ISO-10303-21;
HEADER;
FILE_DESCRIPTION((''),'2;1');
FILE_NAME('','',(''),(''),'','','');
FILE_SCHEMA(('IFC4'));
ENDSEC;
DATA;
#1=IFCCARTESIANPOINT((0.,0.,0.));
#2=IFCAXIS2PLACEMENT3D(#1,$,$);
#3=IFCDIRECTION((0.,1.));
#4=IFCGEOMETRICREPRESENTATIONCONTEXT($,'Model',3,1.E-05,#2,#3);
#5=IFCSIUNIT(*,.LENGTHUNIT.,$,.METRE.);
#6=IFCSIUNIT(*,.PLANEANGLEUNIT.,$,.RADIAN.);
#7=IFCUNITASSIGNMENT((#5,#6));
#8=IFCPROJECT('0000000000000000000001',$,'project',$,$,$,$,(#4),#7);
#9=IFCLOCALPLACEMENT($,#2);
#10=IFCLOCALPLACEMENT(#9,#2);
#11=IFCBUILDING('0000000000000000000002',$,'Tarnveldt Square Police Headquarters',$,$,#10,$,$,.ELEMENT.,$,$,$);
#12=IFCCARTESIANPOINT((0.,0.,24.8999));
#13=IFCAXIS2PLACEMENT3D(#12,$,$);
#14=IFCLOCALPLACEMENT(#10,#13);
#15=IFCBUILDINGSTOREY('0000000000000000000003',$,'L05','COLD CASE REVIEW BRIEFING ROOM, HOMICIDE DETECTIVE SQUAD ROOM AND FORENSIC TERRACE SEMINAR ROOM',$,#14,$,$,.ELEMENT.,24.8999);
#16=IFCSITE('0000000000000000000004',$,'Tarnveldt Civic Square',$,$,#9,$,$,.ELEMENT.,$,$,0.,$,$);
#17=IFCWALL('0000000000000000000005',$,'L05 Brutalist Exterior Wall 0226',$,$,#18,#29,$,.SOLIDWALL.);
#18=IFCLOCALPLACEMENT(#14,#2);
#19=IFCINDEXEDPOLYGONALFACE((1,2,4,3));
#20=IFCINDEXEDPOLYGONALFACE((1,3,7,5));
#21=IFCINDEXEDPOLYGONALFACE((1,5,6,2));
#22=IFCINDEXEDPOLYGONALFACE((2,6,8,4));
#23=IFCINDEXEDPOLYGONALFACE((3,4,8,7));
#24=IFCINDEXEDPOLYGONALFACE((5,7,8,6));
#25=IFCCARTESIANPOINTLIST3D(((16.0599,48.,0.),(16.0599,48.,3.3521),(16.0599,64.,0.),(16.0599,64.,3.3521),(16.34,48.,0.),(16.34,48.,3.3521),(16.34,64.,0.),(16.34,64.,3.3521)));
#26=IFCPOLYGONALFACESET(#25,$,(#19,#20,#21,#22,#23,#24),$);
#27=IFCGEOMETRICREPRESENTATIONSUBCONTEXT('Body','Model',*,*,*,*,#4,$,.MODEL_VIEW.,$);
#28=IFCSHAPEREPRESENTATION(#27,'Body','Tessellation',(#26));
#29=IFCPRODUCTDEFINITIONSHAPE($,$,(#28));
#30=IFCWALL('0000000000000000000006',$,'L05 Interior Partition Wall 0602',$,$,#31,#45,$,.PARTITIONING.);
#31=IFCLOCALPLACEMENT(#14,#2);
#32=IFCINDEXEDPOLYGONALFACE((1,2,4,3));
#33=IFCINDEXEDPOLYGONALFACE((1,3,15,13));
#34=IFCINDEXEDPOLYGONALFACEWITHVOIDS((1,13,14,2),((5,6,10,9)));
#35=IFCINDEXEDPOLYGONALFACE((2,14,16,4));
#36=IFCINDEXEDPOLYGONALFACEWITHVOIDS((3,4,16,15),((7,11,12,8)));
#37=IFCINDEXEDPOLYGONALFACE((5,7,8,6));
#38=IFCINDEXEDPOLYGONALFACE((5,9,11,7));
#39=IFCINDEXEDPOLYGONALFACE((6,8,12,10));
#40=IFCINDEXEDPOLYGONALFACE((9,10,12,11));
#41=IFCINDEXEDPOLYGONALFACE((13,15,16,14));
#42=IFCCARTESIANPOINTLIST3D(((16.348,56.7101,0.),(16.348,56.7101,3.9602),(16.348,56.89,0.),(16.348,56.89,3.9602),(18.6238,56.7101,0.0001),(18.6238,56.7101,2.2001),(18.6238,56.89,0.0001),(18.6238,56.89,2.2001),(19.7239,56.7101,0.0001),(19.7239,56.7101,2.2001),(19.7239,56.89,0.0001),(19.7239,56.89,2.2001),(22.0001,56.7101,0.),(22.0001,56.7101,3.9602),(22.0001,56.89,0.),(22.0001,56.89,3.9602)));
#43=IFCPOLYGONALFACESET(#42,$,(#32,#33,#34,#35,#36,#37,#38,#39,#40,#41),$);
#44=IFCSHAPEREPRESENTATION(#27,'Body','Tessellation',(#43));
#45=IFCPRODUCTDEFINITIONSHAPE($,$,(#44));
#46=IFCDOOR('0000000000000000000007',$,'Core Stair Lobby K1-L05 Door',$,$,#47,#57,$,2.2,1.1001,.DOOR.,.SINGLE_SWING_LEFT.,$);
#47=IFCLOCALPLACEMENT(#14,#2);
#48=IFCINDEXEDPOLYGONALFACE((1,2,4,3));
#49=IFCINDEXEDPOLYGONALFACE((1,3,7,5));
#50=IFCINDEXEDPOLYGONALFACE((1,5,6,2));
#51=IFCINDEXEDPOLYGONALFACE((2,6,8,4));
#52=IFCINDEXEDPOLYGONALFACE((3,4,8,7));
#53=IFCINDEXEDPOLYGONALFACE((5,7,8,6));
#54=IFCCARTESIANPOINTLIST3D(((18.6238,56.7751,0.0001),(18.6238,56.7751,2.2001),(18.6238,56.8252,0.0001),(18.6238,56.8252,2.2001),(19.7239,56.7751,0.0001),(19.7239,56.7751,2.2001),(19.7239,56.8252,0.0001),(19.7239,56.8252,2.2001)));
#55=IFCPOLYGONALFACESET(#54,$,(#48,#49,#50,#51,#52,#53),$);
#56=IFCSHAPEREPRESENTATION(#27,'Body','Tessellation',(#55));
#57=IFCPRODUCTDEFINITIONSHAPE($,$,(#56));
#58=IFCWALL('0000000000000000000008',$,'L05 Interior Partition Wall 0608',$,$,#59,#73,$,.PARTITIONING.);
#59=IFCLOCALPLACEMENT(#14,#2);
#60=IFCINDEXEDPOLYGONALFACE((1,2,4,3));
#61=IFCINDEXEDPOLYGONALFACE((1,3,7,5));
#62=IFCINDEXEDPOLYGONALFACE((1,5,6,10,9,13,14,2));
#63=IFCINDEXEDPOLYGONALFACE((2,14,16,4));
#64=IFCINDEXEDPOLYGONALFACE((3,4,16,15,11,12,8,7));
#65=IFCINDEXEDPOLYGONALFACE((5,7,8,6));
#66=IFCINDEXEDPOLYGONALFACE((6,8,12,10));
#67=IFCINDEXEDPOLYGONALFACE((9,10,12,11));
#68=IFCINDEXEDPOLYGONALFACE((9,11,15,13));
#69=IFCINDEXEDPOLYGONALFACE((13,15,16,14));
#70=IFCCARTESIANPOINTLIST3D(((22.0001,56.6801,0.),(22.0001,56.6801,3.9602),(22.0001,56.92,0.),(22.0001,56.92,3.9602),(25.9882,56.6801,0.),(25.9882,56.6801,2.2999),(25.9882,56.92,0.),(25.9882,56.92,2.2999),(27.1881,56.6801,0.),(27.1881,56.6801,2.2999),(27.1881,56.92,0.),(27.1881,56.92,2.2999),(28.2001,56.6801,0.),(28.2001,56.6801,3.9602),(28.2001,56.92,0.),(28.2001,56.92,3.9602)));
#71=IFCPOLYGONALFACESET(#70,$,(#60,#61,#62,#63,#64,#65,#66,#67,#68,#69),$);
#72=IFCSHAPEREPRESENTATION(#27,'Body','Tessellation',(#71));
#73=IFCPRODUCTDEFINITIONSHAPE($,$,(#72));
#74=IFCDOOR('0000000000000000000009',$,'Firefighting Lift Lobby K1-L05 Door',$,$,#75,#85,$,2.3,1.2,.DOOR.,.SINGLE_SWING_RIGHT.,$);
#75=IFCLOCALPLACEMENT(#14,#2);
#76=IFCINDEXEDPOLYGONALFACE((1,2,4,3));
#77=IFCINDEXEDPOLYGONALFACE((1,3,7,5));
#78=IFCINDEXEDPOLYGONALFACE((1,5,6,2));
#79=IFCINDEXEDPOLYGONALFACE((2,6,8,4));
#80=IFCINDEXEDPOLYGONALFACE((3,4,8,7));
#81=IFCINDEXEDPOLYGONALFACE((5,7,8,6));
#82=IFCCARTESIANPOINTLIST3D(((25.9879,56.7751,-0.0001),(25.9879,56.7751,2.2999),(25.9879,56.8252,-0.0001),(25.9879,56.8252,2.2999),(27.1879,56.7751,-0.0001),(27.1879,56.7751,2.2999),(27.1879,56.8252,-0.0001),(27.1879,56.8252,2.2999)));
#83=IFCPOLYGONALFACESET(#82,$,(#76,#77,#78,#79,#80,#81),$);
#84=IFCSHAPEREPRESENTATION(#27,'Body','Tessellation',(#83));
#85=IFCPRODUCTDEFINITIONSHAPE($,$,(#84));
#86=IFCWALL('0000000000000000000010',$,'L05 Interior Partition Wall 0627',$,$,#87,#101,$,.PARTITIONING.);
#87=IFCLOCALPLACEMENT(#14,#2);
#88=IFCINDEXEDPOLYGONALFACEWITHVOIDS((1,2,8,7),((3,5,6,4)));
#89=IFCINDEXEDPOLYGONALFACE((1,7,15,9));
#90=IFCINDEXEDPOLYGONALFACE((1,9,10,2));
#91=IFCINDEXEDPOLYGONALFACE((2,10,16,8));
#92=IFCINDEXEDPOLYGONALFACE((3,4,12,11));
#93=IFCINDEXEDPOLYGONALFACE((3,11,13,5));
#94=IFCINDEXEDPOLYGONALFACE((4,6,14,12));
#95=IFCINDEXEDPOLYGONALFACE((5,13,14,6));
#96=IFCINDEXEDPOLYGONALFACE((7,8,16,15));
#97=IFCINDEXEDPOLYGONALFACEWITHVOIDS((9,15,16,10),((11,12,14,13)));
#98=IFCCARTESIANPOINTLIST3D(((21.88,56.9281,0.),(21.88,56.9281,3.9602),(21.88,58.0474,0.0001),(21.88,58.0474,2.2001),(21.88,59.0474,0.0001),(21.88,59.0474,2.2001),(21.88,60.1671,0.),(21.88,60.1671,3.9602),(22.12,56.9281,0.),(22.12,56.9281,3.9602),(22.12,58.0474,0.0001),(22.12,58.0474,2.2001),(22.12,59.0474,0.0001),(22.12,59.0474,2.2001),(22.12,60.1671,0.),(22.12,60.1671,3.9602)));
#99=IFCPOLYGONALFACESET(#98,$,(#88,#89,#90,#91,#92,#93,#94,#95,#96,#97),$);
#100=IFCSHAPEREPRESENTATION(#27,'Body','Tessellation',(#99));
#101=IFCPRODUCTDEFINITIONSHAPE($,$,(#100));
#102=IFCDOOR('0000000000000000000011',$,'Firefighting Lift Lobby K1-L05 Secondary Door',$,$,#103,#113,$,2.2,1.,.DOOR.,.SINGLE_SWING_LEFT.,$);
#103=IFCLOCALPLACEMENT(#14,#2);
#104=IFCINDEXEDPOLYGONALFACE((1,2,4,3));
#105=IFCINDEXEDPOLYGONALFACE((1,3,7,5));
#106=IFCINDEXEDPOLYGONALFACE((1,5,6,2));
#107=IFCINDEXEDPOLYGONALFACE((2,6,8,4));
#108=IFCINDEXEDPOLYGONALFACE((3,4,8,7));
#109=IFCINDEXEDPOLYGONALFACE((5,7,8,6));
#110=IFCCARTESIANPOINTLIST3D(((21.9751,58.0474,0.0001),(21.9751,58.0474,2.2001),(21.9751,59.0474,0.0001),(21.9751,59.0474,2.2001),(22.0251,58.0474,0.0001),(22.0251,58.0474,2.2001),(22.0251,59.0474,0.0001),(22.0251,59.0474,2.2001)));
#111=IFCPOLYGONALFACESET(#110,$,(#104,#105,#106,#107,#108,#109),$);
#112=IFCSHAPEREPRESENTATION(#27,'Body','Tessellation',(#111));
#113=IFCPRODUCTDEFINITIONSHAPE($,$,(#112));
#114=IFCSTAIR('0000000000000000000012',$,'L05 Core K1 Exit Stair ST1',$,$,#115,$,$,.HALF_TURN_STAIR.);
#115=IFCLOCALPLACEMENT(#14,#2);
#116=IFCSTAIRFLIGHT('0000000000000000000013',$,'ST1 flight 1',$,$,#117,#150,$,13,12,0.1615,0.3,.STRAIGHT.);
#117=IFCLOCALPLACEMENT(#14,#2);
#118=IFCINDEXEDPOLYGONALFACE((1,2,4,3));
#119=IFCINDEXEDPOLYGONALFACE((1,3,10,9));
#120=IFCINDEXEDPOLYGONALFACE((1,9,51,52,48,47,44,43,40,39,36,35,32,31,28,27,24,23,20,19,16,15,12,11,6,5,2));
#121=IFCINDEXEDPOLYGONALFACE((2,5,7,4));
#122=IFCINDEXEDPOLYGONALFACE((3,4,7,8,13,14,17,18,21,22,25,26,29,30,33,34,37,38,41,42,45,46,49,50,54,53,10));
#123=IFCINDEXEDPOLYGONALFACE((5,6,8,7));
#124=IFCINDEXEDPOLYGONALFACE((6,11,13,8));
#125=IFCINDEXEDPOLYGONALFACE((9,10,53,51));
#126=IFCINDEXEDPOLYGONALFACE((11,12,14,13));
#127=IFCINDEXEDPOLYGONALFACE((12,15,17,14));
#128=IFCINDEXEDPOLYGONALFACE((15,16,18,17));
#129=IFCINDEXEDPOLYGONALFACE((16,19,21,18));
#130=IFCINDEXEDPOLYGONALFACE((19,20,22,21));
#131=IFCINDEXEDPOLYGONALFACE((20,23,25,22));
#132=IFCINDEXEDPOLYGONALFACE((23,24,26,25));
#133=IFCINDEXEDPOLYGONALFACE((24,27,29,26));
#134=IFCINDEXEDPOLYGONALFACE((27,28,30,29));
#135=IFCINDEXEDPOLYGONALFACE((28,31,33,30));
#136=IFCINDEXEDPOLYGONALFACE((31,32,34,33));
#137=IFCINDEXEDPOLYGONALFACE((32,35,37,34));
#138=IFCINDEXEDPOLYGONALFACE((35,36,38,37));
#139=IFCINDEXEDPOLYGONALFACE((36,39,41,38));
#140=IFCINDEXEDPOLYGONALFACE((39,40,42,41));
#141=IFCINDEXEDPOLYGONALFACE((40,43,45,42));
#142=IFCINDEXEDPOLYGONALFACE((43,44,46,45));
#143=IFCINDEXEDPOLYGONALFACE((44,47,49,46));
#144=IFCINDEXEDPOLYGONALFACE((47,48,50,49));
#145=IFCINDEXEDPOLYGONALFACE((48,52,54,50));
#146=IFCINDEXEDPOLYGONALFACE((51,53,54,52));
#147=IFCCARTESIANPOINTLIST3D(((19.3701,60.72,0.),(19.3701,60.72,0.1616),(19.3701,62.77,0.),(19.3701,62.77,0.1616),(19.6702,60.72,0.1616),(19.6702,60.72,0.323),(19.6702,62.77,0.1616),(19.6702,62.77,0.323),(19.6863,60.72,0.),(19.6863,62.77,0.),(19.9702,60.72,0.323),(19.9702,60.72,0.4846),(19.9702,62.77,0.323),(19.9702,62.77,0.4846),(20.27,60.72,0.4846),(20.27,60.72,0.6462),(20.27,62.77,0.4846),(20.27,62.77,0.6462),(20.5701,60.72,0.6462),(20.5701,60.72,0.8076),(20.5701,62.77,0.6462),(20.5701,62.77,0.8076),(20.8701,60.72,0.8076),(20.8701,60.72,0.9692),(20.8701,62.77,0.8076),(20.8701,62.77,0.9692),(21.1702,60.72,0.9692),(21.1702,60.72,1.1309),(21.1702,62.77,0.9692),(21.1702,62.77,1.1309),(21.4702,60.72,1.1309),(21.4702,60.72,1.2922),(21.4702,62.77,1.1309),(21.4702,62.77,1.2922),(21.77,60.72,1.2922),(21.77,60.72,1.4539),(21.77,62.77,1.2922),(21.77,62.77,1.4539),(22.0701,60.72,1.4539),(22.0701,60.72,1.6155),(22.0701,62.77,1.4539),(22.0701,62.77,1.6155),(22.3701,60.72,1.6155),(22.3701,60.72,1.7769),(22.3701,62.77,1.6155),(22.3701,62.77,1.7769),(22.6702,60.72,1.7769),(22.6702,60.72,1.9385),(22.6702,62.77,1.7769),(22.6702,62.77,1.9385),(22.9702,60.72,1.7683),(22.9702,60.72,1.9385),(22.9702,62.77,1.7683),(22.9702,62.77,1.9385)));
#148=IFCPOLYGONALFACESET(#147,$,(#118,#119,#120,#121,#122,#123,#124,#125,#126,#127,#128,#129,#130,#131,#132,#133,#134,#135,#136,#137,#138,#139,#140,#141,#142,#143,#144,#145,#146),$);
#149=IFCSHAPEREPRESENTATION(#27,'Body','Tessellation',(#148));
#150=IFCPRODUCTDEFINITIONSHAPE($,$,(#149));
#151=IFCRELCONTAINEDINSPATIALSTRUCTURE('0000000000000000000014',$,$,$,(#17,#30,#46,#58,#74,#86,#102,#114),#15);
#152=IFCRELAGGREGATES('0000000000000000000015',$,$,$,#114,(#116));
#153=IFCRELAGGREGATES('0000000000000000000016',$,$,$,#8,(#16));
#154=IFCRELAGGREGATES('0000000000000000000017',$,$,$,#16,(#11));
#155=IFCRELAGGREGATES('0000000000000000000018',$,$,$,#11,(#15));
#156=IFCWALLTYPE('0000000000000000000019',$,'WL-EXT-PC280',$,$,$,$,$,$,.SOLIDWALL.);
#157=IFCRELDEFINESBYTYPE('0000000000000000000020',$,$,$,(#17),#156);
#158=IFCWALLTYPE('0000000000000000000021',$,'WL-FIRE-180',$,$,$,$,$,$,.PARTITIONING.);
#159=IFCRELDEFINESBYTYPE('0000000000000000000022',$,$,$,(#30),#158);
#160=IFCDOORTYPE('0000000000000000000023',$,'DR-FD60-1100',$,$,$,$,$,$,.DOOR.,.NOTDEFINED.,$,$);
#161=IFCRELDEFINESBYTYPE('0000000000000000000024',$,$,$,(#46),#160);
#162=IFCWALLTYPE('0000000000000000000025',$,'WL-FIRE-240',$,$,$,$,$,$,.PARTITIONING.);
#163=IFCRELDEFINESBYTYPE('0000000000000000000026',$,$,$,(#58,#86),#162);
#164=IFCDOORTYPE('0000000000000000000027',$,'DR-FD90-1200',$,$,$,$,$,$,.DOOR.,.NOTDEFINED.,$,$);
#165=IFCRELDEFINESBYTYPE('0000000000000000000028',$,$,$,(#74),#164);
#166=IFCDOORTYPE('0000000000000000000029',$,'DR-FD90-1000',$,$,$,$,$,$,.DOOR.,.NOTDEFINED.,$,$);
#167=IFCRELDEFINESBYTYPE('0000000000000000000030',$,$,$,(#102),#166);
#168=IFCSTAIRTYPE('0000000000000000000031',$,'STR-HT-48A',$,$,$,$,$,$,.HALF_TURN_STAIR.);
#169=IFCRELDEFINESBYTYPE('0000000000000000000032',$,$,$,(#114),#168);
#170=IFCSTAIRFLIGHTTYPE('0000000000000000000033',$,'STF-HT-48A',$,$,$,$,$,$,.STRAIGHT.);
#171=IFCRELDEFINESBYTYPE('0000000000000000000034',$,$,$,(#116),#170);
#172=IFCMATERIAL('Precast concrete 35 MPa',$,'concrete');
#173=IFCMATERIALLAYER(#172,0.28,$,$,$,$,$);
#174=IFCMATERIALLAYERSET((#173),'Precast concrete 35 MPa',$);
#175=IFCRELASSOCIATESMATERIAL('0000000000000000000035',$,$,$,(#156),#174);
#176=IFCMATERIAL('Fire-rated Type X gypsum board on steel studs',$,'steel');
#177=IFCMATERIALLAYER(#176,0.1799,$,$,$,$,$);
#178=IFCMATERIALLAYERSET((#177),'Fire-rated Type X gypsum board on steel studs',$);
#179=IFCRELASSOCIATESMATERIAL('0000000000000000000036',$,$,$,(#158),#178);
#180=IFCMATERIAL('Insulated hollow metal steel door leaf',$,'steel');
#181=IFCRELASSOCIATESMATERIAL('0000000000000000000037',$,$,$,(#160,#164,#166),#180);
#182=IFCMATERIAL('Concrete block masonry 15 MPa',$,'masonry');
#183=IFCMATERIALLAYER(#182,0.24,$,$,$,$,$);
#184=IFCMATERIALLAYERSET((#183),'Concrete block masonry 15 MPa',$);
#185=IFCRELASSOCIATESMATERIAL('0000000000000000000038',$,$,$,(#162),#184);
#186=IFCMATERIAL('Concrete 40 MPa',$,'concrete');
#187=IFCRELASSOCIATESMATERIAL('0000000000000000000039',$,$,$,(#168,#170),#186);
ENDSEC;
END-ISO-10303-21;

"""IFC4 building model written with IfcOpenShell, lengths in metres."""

from ifc_helpers import new_model, si_unit, direction, frame, frame_2d, origin, place, context, subcontext, project, spatial, polyline, rectangle, outline, extrude, material, layer, layer_set, type_object, element, fill, aggregate, save


model = new_model("IFC4")

# Units and contexts
model_context = context("Model", 3, precision=1e-05, world=origin(), true_north=direction((0.0, 1.0)))
body_context = subcontext(model_context, "Body", "Model", "MODEL_VIEW")
ifc_project = project(units=[si_unit("LENGTHUNIT", "METRE"), si_unit("PLANEANGLEUNIT", "RADIAN")], contexts=[model_context])

# Site, building, storey
site_placement = place(None, origin())
site = spatial("IfcSite", under=ifc_project, at=site_placement, Name="Tarnveldt Civic Square", CompositionType="ELEMENT", RefElevation=0.0)
building_placement = place(site_placement, origin())
building = spatial("IfcBuilding", under=site, at=building_placement, Name="Tarnveldt Square Police Headquarters", CompositionType="ELEMENT")
storey_placement = place(building_placement, frame((0.0, 0.0, 24.8999)))
storey = spatial("IfcBuildingStorey", under=building, at=storey_placement, Name="L05", Description="COLD CASE REVIEW BRIEFING ROOM, HOMICIDE DETECTIVE SQUAD ROOM AND FORENSIC TERRACE SEMINAR ROOM", CompositionType="ELEMENT", Elevation=24.8999)

# Shared definitions
ifc_material_1 = material(Name="Concrete 40 MPa", Category="concrete")

# Shared definitions
ifc_material_2 = material(Name="Insulated hollow metal steel door leaf", Category="steel")

# Wall
ifc_material_3 = material(Name="Precast concrete 35 MPa", Category="concrete")
ifc_layer_1 = layer(ifc_material_3, 0.28)
ifc_layer_set_1 = layer_set([ifc_layer_1], Name="Precast concrete 35 MPa")
wall_type_1 = type_object("IfcWallType", Name="WL-EXT-PC280", PredefinedType="SOLIDWALL", material=ifc_layer_set_1)
wall_1_placement = place(storey_placement, frame((16.2, 64.0, 0.0), z_axis=(0.0, 0.0, 1.0), x_axis=(0.0, -1.0, 0.0)))
element("IfcWall", 1, at=wall_1_placement, inside=storey, type_object=wall_type_1, Name="L05 Brutalist Exterior Wall 0226", PredefinedType="SOLIDWALL", context=body_context, shape_type="SweptSolid", body=[
    extrude(rectangle(XDim=16.0, YDim=0.28, at=frame_2d((8.0, 0.0))), origin(), (0.0, 0.0, 1.0), 3.3521),
])

# Walls, openings, doors
ifc_material_4 = material(Name="Fire-rated Type X gypsum board on steel studs", Category="steel")
ifc_layer_2 = layer(ifc_material_4, 0.1799)
ifc_layer_set_2 = layer_set([ifc_layer_2], Name="Fire-rated Type X gypsum board on steel studs")
wall_type_2 = type_object("IfcWallType", Name="WL-FIRE-180", PredefinedType="PARTITIONING", material=ifc_layer_set_2)
wall_2_placement = place(storey_placement, frame((16.3479, 56.8, 0.0), z_axis=(0.0, 0.0, 1.0), x_axis=(1.0, 0.0, 0.0)))
wall_2 = element("IfcWall", 2, at=wall_2_placement, inside=storey, type_object=wall_type_2, Name="L05 Interior Partition Wall 0602", PredefinedType="PARTITIONING", context=body_context, shape_type="SweptSolid", body=[
    extrude(rectangle(XDim=5.6521, YDim=0.1799, at=frame_2d((2.8262, 0.0))), origin(), (0.0, 0.0, 1.0), 3.9602),
])
opening_1_placement = place(wall_2_placement, frame((2.2759, 0.0, 0.0)))
opening_1 = element("IfcOpeningElement", 3, at=opening_1_placement, cuts=wall_2, PredefinedType="OPENING", context=body_context, shape_type="SweptSolid", body=[
    extrude(rectangle(XDim=1.1001, YDim=2.2, at=frame_2d((0.55, 1.1001))), frame((0.0, 0.0999, 0.0), z_axis=(0.0, -1.0, 0.0), x_axis=(1.0, 0.0, 0.0)), (0.0, 0.0, 1.0), 0.2),
])
door_type_1 = type_object("IfcDoorType", Name="DR-FD60-1100", OperationType="NOTDEFINED", PredefinedType="DOOR", material=ifc_material_2)
door_1_placement = place(opening_1_placement, frame((1.1001, 0.0, 0.0), z_axis=(0.0, 0.0, 1.0), x_axis=(-1.0, 0.0, 0.0)))
door_1 = element("IfcDoor", 4, at=door_1_placement, inside=storey, type_object=door_type_1, Name="Core Stair Lobby K1-L05 Door", OperationType="SINGLE_SWING_LEFT", OverallHeight=2.2, OverallWidth=1.1001, PredefinedType="DOOR", context=body_context, shape_type="SweptSolid", body=[
    extrude(rectangle(XDim=1.1001, YDim=2.2, at=frame_2d((0.55, 1.1001))), frame((0.0, 0.0249, 0.0), z_axis=(0.0, -1.0, 0.0), x_axis=(1.0, 0.0, 0.0)), (0.0, 0.0, 1.0), 0.05),
])
fill(opening_1, door_1)
ifc_material_5 = material(Name="Concrete block masonry 15 MPa", Category="masonry")
ifc_layer_3 = layer(ifc_material_5, 0.24)
ifc_layer_set_3 = layer_set([ifc_layer_3], Name="Concrete block masonry 15 MPa")
wall_type_3 = type_object("IfcWallType", Name="WL-FIRE-240", PredefinedType="PARTITIONING", material=ifc_layer_set_3)
wall_3_placement = place(storey_placement, frame((22.0, 56.8, 0.0), z_axis=(0.0, 0.0, 1.0), x_axis=(1.0, 0.0, 0.0)))
wall_3 = element("IfcWall", 5, at=wall_3_placement, inside=storey, type_object=wall_type_3, Name="L05 Interior Partition Wall 0608", PredefinedType="PARTITIONING", context=body_context, shape_type="SweptSolid", body=[
    extrude(rectangle(XDim=6.2, YDim=0.24, at=frame_2d((3.1001, 0.0))), origin(), (0.0, 0.0, 1.0), 3.9602),
])
opening_2_placement = place(wall_3_placement, frame((3.988, 0.0, 0.0)))
opening_2 = element("IfcOpeningElement", 6, at=opening_2_placement, cuts=wall_3, PredefinedType="OPENING", context=body_context, shape_type="SweptSolid", body=[
    extrude(rectangle(XDim=1.2, YDim=2.3, at=frame_2d((0.6001, 1.1499))), frame((0.0, 0.1299, 0.0), z_axis=(0.0, -1.0, 0.0), x_axis=(1.0, 0.0, 0.0)), (0.0, 0.0, 1.0), 0.26),
])
door_type_2 = type_object("IfcDoorType", Name="DR-FD90-1200", OperationType="NOTDEFINED", PredefinedType="DOOR", material=ifc_material_2)
door_2_placement = place(opening_2_placement, frame((1.2, 0.0, 0.0), z_axis=(0.0, 0.0, 1.0), x_axis=(-1.0, 0.0, 0.0)))
door_2 = element("IfcDoor", 7, at=door_2_placement, inside=storey, type_object=door_type_2, Name="Firefighting Lift Lobby K1-L05 Door", OperationType="SINGLE_SWING_RIGHT", OverallHeight=2.3, OverallWidth=1.2, PredefinedType="DOOR", context=body_context, shape_type="SweptSolid", body=[
    extrude(rectangle(XDim=1.2, YDim=2.3, at=frame_2d((0.6001, 1.1499))), frame((0.0, 0.0249, 0.0), z_axis=(0.0, -1.0, 0.0), x_axis=(1.0, 0.0, 0.0)), (0.0, 0.0, 1.0), 0.05),
])
fill(opening_2, door_2)
wall_4_placement = place(storey_placement, frame((22.0, 56.928, 0.0), z_axis=(0.0, 0.0, 1.0), x_axis=(0.0, 1.0, 0.0)))
wall_4 = element("IfcWall", 8, at=wall_4_placement, inside=storey, type_object=wall_type_3, Name="L05 Interior Partition Wall 0627", PredefinedType="PARTITIONING", context=body_context, shape_type="SweptSolid", body=[
    extrude(rectangle(XDim=3.239, YDim=0.24, at=frame_2d((1.6196, 0.0))), origin(), (0.0, 0.0, 1.0), 3.9602),
])
opening_3_placement = place(wall_4_placement, frame((1.1194, 0.0, 0.0)))
opening_3 = element("IfcOpeningElement", 9, at=opening_3_placement, cuts=wall_4, PredefinedType="OPENING", context=body_context, shape_type="SweptSolid", body=[
    extrude(rectangle(XDim=1.0, YDim=2.2, at=frame_2d((0.5, 1.1001))), frame((0.0, 0.1299, 0.0), z_axis=(0.0, -1.0, 0.0), x_axis=(1.0, 0.0, 0.0)), (0.0, 0.0, 1.0), 0.26),
])
door_type_3 = type_object("IfcDoorType", Name="DR-FD90-1000", OperationType="NOTDEFINED", PredefinedType="DOOR", material=ifc_material_2)
door_3_placement = place(opening_3_placement, origin())
door_3 = element("IfcDoor", 10, at=door_3_placement, inside=storey, type_object=door_type_3, Name="Firefighting Lift Lobby K1-L05 Secondary Door", OperationType="SINGLE_SWING_LEFT", OverallHeight=2.2, OverallWidth=1.0, PredefinedType="DOOR", context=body_context, shape_type="SweptSolid", body=[
    extrude(rectangle(XDim=1.0, YDim=2.2, at=frame_2d((0.5, 1.1001))), frame((0.0, 0.0249, 0.0), z_axis=(0.0, -1.0, 0.0), x_axis=(1.0, 0.0, 0.0)), (0.0, 0.0, 1.0), 0.05),
])
fill(opening_3, door_3)

# Stair, stair flight
stair_type = type_object("IfcStairType", Name="STR-HT-48A", PredefinedType="HALF_TURN_STAIR", material=ifc_material_1)
stair_placement = place(storey_placement, origin())
stair = element("IfcStair", 11, at=stair_placement, inside=storey, type_object=stair_type, Name="L05 Core K1 Exit Stair ST1", PredefinedType="HALF_TURN_STAIR")
stair_flight_type = type_object("IfcStairFlightType", Name="STF-HT-48A", PredefinedType="STRAIGHT", material=ifc_material_1)
stair_flight_1_placement = place(storey_placement, frame((19.3701, 61.7451, 0.0), z_axis=(0.0, 0.0, 1.0), x_axis=(1.0, 0.0, 0.0)))
stair_flight_1 = element("IfcStairFlight", 12, at=stair_flight_1_placement, type_object=stair_flight_type, Name="ST1 flight 1", NumberOfRisers=13, NumberOfTreads=12, PredefinedType="STRAIGHT", RiserHeight=0.1615, TreadLength=0.3, context=body_context, shape_type="SweptSolid", body=[
    extrude(outline(polyline([(0.0, 0.0), (0.0, 0.1616), (0.3, 0.1616), (0.3, 0.323), (0.6001, 0.323), (0.6001, 0.4846), (0.8999, 0.4846), (0.8999, 0.6462), (1.2, 0.6462), (1.2, 0.8076), (1.5, 0.8076), (1.5, 0.9692), (1.8, 0.9692), (1.8, 1.1309), (2.1001, 1.1309), (2.1001, 1.2922), (2.3999, 1.2922), (2.3999, 1.4539), (2.7, 1.4539), (2.7, 1.6155), (3.0, 1.6155), (3.0, 1.7769), (3.3, 1.7769), (3.3, 1.9385), (3.6001, 1.9385), (3.6001, 2.1001), (3.6001, 1.7683), (0.3162, 0.0), (0.0, 0.0)])), frame((0.0, 1.0249, 0.0), z_axis=(0.0, -1.0, 0.0), x_axis=(1.0, 0.0, 0.0)), (0.0, 0.0, 1.0), 2.05),
])
aggregate(stair, [stair_flight_1])

save(model, "model.ifc")
